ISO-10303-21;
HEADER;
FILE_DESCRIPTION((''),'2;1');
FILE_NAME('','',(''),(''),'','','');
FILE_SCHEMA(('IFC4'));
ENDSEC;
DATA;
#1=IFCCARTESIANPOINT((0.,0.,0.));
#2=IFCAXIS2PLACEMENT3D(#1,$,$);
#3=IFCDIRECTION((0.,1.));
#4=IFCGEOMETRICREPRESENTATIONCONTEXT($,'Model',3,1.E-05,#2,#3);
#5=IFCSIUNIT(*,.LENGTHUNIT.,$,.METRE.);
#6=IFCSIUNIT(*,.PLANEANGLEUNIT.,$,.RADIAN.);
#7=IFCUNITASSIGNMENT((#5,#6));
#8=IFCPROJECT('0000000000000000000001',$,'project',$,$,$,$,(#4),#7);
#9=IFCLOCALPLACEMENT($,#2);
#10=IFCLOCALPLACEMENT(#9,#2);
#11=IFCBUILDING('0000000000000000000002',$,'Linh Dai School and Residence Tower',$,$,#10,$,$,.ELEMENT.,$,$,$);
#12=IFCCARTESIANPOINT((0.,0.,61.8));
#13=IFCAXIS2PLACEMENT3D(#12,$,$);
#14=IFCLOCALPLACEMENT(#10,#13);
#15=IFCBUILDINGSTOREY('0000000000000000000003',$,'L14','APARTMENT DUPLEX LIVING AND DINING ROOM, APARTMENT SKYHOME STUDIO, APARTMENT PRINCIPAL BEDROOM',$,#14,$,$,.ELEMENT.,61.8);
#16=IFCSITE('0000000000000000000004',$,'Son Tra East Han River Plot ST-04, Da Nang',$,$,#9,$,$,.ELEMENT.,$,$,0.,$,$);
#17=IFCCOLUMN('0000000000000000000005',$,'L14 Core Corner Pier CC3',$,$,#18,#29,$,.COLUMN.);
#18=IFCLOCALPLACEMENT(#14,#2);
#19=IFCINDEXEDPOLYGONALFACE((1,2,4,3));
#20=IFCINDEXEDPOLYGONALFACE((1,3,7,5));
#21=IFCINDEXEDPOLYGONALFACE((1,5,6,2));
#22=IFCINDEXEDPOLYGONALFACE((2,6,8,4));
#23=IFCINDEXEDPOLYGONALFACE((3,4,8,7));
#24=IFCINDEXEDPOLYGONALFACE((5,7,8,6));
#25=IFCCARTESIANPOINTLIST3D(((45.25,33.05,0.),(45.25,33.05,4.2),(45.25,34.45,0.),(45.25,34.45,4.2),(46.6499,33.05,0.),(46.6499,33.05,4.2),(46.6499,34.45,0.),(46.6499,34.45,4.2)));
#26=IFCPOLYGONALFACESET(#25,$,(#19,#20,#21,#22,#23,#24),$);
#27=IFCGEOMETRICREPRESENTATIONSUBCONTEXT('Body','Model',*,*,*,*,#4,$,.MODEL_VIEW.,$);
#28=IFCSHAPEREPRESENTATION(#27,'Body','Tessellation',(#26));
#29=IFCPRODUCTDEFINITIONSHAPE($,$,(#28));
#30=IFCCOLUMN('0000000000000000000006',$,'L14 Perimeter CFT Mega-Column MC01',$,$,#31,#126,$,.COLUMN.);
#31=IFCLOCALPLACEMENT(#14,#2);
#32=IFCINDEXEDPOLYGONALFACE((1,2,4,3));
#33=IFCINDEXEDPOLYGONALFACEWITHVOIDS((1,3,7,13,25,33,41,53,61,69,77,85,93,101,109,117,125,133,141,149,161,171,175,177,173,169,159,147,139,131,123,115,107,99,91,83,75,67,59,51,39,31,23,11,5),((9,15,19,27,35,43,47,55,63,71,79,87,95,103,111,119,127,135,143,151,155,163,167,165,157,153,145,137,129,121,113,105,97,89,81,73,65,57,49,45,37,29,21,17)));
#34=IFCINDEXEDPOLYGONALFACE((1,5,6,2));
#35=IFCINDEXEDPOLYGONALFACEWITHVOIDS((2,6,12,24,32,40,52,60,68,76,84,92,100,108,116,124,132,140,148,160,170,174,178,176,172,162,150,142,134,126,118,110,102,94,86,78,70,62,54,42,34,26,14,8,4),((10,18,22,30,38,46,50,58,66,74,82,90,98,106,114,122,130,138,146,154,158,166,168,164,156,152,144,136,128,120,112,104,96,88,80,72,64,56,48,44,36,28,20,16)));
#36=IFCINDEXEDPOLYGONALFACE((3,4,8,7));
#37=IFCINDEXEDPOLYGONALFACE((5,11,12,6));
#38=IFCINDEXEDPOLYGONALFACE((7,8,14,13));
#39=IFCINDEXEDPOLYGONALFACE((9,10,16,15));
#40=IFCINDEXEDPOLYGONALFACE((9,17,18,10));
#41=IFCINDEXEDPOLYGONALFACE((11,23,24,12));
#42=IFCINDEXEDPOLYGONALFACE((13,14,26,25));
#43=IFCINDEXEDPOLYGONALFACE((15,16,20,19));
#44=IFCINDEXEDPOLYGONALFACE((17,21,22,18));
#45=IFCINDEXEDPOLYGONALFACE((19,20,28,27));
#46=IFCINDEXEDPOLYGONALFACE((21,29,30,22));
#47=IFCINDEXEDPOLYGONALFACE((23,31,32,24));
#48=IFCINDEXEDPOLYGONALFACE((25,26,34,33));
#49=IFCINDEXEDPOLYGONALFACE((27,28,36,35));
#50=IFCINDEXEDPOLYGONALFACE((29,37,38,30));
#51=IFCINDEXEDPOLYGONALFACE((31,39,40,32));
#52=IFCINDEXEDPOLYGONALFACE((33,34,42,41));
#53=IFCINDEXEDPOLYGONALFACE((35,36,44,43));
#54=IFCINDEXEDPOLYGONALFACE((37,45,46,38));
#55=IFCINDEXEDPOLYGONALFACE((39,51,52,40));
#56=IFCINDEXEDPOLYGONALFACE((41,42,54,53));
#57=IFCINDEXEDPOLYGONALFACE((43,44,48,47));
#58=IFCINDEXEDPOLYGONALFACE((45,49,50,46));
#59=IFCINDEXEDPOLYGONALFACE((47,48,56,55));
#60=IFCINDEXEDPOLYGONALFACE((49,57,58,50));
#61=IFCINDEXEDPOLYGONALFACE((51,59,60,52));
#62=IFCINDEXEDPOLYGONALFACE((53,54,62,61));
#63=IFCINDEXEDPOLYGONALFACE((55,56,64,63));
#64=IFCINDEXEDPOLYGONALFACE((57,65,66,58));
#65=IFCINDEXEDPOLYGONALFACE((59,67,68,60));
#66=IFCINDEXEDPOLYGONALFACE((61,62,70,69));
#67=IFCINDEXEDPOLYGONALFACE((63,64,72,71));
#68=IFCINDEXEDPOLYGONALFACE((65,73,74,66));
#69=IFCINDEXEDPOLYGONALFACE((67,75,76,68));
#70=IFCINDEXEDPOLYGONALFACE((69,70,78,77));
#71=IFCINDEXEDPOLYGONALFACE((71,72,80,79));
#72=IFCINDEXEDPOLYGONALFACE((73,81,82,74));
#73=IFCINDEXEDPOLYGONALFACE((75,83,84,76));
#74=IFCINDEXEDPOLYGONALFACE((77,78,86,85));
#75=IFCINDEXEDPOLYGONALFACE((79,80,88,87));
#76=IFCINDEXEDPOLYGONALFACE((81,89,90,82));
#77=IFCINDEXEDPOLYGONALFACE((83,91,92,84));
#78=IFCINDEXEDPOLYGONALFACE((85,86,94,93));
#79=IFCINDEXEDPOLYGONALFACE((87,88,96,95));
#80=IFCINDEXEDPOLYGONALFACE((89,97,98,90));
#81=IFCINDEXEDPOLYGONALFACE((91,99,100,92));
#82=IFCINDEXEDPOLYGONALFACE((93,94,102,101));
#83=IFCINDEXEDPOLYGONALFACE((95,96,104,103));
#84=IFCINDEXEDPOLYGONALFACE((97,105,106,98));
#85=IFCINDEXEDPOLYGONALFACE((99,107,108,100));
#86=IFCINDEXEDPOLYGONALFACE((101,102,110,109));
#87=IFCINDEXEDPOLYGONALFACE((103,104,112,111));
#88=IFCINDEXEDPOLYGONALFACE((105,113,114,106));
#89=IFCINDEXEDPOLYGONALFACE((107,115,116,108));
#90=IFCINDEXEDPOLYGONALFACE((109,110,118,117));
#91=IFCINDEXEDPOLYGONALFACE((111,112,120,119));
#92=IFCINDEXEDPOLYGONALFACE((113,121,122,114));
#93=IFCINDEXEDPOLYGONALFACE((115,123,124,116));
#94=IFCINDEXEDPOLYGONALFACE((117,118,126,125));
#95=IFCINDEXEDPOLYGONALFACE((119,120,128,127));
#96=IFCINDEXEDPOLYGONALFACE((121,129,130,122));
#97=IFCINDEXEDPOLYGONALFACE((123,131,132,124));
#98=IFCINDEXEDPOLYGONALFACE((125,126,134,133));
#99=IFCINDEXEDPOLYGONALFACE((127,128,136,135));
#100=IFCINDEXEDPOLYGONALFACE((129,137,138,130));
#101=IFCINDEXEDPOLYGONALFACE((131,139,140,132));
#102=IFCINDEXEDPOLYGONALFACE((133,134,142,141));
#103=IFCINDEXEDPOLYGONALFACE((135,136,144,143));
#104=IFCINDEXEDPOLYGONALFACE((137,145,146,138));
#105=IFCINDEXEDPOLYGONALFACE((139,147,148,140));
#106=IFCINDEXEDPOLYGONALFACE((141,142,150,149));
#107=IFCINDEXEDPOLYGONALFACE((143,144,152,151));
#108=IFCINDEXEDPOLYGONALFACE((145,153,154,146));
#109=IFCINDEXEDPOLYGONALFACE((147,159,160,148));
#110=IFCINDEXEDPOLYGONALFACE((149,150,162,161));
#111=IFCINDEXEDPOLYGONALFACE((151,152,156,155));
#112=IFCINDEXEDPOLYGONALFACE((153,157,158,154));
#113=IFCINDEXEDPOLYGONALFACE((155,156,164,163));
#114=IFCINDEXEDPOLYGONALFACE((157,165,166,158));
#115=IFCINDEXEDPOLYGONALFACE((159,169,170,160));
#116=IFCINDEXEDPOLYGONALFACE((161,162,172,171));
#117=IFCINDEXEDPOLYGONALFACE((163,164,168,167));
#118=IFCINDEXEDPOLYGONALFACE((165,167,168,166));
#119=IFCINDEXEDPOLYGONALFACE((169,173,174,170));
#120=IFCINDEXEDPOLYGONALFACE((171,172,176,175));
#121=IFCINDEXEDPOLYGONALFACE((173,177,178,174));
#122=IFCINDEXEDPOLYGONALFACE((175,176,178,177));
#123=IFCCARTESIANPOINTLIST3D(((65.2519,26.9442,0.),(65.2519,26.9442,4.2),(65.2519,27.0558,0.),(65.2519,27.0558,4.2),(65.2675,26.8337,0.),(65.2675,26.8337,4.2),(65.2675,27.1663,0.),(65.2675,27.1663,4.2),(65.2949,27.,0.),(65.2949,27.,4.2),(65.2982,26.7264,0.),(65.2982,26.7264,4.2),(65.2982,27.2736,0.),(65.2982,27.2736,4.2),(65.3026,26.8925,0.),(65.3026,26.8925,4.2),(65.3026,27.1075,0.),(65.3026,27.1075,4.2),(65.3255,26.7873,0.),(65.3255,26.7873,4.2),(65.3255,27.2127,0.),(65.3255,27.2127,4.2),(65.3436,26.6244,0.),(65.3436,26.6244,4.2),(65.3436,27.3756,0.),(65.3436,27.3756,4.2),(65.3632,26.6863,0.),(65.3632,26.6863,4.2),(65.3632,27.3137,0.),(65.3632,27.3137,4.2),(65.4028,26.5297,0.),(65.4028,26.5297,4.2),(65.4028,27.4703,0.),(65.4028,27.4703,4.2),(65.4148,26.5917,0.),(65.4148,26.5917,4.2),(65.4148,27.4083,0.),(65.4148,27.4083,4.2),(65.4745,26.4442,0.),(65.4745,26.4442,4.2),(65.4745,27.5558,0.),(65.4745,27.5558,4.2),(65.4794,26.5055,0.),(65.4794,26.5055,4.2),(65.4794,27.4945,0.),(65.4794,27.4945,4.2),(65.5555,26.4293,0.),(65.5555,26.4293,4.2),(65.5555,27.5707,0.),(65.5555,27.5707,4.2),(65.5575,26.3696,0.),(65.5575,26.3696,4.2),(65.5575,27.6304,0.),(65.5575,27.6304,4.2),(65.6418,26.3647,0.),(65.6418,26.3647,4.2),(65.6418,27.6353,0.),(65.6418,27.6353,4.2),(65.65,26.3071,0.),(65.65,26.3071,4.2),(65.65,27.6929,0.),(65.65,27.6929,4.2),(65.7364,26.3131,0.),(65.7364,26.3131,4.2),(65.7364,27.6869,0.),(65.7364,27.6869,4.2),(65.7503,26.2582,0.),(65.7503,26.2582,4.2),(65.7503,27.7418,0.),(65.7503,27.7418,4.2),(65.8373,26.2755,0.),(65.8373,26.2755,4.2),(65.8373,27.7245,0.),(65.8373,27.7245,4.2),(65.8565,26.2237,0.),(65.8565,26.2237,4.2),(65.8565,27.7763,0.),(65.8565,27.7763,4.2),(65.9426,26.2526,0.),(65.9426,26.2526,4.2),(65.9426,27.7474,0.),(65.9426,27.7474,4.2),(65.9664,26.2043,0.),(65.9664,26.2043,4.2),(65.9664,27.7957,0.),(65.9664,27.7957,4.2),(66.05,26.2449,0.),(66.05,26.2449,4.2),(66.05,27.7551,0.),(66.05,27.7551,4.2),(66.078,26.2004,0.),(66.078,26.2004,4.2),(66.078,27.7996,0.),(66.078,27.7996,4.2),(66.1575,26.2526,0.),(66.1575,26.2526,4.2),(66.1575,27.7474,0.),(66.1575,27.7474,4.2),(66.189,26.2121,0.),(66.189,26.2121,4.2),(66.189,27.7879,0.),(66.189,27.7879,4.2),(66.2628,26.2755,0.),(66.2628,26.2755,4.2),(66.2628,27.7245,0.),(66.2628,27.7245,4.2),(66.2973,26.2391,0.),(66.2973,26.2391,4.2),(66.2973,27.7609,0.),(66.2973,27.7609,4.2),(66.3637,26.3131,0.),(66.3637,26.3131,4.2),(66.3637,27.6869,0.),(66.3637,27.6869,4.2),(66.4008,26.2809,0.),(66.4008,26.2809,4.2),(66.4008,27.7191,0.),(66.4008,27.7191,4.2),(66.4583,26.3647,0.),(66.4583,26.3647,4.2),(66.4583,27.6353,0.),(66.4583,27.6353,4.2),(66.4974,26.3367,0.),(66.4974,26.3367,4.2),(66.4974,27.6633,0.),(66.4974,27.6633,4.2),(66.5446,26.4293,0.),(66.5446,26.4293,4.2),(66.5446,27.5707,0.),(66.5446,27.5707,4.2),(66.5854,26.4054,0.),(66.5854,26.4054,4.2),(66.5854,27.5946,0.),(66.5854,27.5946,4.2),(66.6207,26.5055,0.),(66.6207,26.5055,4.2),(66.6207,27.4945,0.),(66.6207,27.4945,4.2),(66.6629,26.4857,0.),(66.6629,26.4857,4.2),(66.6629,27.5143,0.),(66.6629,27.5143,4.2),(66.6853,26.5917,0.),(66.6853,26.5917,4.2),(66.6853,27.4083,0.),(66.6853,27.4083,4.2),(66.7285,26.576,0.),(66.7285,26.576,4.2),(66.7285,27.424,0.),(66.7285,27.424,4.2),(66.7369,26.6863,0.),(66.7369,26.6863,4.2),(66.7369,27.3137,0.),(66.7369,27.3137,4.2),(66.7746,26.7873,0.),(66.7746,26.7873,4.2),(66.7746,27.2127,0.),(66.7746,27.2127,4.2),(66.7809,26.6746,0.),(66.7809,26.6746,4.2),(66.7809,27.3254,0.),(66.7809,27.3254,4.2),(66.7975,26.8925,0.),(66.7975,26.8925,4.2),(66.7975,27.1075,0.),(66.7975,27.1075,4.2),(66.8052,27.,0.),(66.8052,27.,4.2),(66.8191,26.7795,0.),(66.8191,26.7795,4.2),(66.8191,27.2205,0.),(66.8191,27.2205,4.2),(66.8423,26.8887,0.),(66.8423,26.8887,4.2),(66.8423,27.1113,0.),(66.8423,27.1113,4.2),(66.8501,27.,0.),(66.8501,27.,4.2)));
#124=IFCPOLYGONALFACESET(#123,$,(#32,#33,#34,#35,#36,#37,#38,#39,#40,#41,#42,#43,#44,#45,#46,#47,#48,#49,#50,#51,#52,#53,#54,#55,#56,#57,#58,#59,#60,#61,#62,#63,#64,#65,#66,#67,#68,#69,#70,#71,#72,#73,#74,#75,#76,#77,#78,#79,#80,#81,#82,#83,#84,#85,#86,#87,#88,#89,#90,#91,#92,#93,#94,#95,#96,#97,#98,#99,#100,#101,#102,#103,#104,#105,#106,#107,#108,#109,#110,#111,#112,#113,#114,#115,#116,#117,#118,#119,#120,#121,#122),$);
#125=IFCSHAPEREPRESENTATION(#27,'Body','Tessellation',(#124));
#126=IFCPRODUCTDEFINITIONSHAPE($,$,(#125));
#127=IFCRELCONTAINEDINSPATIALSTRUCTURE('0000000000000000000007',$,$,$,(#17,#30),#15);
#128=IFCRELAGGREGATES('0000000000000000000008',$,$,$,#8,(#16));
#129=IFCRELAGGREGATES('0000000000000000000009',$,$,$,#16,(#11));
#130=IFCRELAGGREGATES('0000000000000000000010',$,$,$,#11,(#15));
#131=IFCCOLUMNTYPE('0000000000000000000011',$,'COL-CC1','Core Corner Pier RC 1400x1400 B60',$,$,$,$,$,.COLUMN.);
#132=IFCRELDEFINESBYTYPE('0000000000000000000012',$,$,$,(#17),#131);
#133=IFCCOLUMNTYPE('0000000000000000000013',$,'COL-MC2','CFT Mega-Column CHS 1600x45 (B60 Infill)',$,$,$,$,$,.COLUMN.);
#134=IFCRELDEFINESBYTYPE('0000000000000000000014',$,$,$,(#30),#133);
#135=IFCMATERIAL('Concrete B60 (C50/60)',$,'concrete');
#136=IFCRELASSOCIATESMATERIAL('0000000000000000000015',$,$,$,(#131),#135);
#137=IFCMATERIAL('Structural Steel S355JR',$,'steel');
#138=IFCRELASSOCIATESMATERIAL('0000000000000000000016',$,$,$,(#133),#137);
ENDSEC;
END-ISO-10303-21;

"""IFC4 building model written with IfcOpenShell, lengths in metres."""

from ifc_helpers import new_model, si_unit, direction, frame, origin, origin_2d, place, context, subcontext, project, spatial, rectangle, hollow_circle, extrude, material, material_profile, profile_set, type_object, element, save


model = new_model("IFC4")

# Units and contexts
model_context = context("Model", 3, precision=1e-05, world=origin(), true_north=direction((0.0, 1.0)))
body_context = subcontext(model_context, "Body", "Model", "MODEL_VIEW")
ifc_project = project(units=[si_unit("LENGTHUNIT", "METRE"), si_unit("PLANEANGLEUNIT", "RADIAN")], contexts=[model_context])

# Site, building, storey
site_placement = place(None, origin())
site = spatial("IfcSite", under=ifc_project, at=site_placement, Name="Son Tra East Han River Plot ST-04, Da Nang", CompositionType="ELEMENT", RefElevation=0.0)
building_placement = place(site_placement, origin())
building = spatial("IfcBuilding", under=site, at=building_placement, Name="Linh Dai School and Residence Tower", CompositionType="ELEMENT")
storey_placement = place(building_placement, frame((0.0, 0.0, 61.8)))
storey = spatial("IfcBuildingStorey", under=building, at=storey_placement, Name="L14", Description="APARTMENT DUPLEX LIVING AND DINING ROOM, APARTMENT SKYHOME STUDIO, APARTMENT PRINCIPAL BEDROOM", CompositionType="ELEMENT", Elevation=61.8)

# Columns
ifc_material_1 = material(Name="Concrete B60 (C50/60)", Category="concrete")
ifc_material_profile_1 = material_profile(ifc_material_1, rectangle(XDim=1.3999, YDim=1.3999, at=origin_2d()), Name="RC 1400x1400")
ifc_profile_set_1 = profile_set([ifc_material_profile_1], Name="Concrete B60 (C50/60)")
column_type_1 = type_object("IfcColumnType", Name="COL-CC1", Description="Core Corner Pier RC 1400x1400 B60", PredefinedType="COLUMN", material=ifc_profile_set_1)
column_1_placement = place(storey_placement, frame((45.95, 33.75, 0.0), z_axis=(0.0, 0.0, 1.0), x_axis=(1.0, 0.0, 0.0)))
element("IfcColumn", 1, at=column_1_placement, inside=storey, type_object=column_type_1, Name="L14 Core Corner Pier CC3", PredefinedType="COLUMN", context=body_context, shape_type="SweptSolid", body=[
    extrude(rectangle(XDim=1.3999, YDim=1.3999, at=origin_2d()), origin(), (0.0, 0.0, 1.0), 4.2),
])
ifc_material_2 = material(Name="Structural Steel S355JR", Category="steel")
ifc_material_profile_2 = material_profile(ifc_material_2, hollow_circle(Radius=0.8, WallThickness=0.0449, at=origin_2d()), Name="CHS 1600x45")
ifc_profile_set_2 = profile_set([ifc_material_profile_2], Name="Structural Steel S355JR")
column_type_2 = type_object("IfcColumnType", Name="COL-MC2", Description="CFT Mega-Column CHS 1600x45 (B60 Infill)", PredefinedType="COLUMN", material=ifc_profile_set_2)
for number, where, z_axis, x_axis, name in (
    (2, (66.05, 27.0, 0.0), (0.0, 0.0, 1.0), (1.0, 0.0, 0.0), "L14 Perimeter CFT Mega-Column MC01"),
):
    element("IfcColumn", number, at=place(storey_placement, frame(where, z_axis=z_axis, x_axis=x_axis)), inside=storey, type_object=column_type_2, Name=name, PredefinedType="COLUMN", context=body_context, shape_type="SweptSolid", body=[
        extrude(hollow_circle(Radius=0.8, WallThickness=0.0449, at=origin_2d()), origin(), (0.0, 0.0, 1.0), 4.2),
    ])

save(model, "model.ifc")
